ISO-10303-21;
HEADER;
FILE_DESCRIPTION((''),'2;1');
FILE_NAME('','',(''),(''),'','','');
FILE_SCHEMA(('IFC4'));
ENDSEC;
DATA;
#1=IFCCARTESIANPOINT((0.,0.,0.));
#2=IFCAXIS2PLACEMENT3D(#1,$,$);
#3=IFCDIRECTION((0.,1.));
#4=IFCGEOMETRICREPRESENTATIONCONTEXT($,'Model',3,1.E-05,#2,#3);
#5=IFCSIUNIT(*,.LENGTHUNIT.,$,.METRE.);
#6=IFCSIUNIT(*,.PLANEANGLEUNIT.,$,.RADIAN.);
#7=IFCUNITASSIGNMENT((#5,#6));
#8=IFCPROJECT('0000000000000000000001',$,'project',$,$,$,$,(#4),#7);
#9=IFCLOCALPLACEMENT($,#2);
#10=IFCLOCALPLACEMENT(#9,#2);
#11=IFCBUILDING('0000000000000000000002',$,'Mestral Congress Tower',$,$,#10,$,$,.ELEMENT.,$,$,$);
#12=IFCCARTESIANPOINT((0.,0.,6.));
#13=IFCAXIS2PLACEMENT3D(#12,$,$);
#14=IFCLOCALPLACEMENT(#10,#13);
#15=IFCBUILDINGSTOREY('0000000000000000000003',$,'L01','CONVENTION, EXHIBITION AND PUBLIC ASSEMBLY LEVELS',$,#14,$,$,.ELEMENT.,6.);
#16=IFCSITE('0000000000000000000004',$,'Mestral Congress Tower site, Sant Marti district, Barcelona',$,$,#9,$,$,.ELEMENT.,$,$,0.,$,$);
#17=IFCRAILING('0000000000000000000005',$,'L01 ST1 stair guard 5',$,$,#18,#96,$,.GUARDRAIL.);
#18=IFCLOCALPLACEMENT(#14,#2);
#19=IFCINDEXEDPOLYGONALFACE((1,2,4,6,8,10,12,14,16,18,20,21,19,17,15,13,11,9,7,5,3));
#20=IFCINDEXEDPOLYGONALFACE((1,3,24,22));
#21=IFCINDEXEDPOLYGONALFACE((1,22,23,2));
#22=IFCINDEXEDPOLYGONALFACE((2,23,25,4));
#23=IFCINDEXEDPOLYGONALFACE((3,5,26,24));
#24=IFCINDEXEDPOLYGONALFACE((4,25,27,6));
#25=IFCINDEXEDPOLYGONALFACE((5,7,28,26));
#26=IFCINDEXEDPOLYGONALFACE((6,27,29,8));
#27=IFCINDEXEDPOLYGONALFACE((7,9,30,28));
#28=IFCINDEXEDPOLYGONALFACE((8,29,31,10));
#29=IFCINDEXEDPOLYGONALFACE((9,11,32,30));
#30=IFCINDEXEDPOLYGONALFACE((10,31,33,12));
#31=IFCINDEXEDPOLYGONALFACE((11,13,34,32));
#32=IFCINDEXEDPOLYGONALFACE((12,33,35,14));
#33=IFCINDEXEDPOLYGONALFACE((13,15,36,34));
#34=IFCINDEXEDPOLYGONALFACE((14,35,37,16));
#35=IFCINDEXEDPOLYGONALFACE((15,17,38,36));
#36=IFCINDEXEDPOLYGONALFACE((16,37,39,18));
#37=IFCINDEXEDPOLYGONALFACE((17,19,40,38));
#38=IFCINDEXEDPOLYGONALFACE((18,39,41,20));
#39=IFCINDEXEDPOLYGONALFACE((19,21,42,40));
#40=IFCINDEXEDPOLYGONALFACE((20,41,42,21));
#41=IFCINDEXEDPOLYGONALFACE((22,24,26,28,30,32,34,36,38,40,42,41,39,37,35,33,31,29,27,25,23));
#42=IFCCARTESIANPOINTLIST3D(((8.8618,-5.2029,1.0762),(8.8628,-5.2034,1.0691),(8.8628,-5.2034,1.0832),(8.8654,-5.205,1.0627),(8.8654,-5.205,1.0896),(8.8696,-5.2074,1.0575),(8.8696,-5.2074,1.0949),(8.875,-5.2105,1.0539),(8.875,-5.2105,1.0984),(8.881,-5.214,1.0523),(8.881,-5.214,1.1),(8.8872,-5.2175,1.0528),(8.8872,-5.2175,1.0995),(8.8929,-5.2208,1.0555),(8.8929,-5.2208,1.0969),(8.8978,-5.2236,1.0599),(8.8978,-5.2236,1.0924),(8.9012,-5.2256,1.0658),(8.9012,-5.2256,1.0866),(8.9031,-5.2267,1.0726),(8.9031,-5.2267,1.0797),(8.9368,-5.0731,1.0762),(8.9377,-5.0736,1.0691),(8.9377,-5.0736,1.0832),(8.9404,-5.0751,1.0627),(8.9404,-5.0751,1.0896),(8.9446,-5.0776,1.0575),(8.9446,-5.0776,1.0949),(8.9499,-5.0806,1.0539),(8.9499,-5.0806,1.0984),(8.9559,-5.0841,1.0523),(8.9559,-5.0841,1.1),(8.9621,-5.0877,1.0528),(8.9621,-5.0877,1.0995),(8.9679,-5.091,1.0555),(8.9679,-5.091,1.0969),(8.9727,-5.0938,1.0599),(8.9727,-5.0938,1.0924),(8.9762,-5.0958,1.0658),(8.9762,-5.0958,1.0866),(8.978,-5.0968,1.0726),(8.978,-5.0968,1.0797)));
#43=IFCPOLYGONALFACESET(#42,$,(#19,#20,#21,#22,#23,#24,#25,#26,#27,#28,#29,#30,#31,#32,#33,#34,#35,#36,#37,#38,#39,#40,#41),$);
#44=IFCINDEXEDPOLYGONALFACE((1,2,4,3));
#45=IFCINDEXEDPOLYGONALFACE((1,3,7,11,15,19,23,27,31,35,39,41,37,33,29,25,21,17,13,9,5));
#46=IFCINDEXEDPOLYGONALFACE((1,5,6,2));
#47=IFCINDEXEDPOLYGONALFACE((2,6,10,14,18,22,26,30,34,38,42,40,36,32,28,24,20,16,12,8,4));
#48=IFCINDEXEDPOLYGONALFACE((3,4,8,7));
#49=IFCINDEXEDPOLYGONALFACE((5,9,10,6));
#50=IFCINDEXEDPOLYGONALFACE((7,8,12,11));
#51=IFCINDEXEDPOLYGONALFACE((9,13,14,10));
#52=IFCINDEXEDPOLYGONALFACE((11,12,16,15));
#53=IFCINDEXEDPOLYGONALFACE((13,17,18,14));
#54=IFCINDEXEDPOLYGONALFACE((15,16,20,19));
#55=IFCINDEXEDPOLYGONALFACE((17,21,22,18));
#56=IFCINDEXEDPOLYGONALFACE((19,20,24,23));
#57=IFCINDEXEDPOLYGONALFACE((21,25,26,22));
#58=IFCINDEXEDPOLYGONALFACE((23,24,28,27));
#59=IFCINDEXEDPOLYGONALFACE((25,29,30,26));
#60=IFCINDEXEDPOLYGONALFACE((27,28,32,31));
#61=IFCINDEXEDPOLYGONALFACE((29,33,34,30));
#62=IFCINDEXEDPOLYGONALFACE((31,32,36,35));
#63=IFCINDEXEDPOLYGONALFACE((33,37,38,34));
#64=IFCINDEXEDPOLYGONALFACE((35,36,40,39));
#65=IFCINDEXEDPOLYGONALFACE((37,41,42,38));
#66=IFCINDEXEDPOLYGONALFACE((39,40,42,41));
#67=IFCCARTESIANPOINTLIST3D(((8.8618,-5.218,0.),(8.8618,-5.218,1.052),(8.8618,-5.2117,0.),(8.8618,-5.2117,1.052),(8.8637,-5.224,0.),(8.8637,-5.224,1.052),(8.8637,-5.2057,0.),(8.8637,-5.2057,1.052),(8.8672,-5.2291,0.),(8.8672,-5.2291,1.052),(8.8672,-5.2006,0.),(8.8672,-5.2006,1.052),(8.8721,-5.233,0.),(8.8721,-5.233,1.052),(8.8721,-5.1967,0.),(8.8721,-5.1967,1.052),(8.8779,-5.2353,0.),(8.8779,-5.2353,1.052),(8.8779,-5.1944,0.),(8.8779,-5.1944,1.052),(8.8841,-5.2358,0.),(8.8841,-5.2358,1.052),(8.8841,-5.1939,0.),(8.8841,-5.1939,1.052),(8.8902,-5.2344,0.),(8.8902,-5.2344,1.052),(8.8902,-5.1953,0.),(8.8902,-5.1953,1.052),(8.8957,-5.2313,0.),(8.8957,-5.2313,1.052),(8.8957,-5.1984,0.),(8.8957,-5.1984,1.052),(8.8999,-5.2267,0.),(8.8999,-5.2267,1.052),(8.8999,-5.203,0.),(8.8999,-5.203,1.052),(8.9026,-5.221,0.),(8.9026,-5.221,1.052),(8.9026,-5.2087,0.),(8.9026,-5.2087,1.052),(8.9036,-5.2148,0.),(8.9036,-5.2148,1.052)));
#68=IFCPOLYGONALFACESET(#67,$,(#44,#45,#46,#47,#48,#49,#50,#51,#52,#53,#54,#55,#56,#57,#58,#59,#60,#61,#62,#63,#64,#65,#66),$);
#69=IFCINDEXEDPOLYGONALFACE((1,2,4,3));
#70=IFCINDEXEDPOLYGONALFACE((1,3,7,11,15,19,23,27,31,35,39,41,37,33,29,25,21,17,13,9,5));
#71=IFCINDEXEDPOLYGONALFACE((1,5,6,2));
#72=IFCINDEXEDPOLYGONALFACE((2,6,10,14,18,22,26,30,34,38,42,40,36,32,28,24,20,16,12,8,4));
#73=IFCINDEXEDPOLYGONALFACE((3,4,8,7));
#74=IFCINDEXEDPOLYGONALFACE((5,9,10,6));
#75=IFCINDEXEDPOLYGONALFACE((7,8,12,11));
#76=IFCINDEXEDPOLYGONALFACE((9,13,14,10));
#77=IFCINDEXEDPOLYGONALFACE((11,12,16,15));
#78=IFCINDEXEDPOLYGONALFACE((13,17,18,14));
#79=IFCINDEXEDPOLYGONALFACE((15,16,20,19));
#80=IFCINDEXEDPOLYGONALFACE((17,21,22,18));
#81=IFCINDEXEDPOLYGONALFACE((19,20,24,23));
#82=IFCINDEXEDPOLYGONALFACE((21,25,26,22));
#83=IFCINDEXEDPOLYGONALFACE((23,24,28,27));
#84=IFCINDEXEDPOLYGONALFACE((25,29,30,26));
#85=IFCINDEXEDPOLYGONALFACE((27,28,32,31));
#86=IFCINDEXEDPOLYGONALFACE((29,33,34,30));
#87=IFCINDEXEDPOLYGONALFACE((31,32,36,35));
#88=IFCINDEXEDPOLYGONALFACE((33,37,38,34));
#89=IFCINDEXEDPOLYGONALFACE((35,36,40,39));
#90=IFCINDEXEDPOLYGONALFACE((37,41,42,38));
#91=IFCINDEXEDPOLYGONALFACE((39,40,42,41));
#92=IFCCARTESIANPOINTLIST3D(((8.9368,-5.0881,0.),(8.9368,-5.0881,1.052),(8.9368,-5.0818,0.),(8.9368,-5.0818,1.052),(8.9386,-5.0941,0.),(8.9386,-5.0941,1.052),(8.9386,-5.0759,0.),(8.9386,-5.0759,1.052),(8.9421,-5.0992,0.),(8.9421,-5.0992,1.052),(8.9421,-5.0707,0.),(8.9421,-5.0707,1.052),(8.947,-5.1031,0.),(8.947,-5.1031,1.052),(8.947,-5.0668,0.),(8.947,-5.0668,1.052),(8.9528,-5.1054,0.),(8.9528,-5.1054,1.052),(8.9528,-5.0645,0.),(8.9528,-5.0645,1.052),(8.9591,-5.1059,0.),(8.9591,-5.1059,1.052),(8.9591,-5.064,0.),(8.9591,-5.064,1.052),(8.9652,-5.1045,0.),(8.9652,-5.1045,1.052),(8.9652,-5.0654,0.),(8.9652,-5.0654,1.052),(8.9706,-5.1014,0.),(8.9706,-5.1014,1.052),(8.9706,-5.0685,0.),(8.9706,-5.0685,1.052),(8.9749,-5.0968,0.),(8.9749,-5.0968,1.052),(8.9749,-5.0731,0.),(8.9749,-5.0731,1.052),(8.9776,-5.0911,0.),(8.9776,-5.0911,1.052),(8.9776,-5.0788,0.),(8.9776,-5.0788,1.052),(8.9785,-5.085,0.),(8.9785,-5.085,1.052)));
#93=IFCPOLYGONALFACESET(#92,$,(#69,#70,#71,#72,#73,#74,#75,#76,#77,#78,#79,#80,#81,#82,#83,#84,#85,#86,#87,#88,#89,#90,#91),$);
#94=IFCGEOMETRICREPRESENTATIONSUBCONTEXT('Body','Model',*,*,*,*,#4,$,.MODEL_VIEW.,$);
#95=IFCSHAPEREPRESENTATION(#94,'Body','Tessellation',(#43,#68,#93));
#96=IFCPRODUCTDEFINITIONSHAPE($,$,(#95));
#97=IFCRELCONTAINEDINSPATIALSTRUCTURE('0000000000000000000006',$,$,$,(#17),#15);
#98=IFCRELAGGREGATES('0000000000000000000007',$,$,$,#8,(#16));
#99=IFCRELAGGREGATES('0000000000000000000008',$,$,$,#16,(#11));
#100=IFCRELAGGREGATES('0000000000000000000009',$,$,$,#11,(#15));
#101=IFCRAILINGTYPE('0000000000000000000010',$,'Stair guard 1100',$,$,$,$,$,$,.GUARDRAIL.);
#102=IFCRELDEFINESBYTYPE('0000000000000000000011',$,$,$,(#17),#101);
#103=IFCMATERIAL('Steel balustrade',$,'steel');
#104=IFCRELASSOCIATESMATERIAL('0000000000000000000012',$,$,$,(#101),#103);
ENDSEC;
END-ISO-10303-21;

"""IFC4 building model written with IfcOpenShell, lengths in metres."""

from ifc_helpers import new_model, si_unit, direction, frame, origin, origin_2d, place, context, subcontext, project, spatial, circle, extrude, material, type_object, element, save


model = new_model("IFC4")

# Units and contexts
model_context = context("Model", 3, precision=1e-05, world=origin(), true_north=direction((0.0, 1.0)))
body_context = subcontext(model_context, "Body", "Model", "MODEL_VIEW")
ifc_project = project(units=[si_unit("LENGTHUNIT", "METRE"), si_unit("PLANEANGLEUNIT", "RADIAN")], contexts=[model_context])

# Site, building, storey
site_placement = place(None, origin())
site = spatial("IfcSite", under=ifc_project, at=site_placement, Name="Mestral Congress Tower site, Sant Marti district, Barcelona", CompositionType="ELEMENT", RefElevation=0.0)
building_placement = place(site_placement, origin())
building = spatial("IfcBuilding", under=site, at=building_placement, Name="Mestral Congress Tower", CompositionType="ELEMENT")
storey_placement = place(building_placement, frame((0.0, 0.0, 6.0)))
storey = spatial("IfcBuildingStorey", under=building, at=storey_placement, Name="L01", Description="CONVENTION, EXHIBITION AND PUBLIC ASSEMBLY LEVELS", CompositionType="ELEMENT", Elevation=6.0)

# Railing
ifc_material_1 = material(Name="Steel balustrade", Category="steel")
railing_type_1 = type_object("IfcRailingType", Name="Stair guard 1100", PredefinedType="GUARDRAIL", material=ifc_material_1)
railing_1_placement = place(storey_placement, frame((8.8826, -5.2148, 0.0)))
element("IfcRailing", 1, at=railing_1_placement, inside=storey, type_object=railing_type_1, Name="L01 ST1 stair guard 5", PredefinedType="GUARDRAIL", context=body_context, shape_type="SweptSolid", body=[
    extrude(circle(Radius=0.0239, at=origin_2d()), frame((0.0, 0.0, 1.0762), z_axis=(0.499816, 0.866131, 0.0), x_axis=(-0.866131, 0.499816, 0.0)), (0.0, 0.0, 1.0), 0.1499),
    extrude(circle(Radius=0.021, at=origin_2d()), origin(), (0.0, 0.0, 1.0), 1.052),
    extrude(circle(Radius=0.021, at=origin_2d()), frame((0.075, 0.1299, 0.0)), (0.0, 0.0, 1.0), 1.052),
])

save(model, "model.ifc")
